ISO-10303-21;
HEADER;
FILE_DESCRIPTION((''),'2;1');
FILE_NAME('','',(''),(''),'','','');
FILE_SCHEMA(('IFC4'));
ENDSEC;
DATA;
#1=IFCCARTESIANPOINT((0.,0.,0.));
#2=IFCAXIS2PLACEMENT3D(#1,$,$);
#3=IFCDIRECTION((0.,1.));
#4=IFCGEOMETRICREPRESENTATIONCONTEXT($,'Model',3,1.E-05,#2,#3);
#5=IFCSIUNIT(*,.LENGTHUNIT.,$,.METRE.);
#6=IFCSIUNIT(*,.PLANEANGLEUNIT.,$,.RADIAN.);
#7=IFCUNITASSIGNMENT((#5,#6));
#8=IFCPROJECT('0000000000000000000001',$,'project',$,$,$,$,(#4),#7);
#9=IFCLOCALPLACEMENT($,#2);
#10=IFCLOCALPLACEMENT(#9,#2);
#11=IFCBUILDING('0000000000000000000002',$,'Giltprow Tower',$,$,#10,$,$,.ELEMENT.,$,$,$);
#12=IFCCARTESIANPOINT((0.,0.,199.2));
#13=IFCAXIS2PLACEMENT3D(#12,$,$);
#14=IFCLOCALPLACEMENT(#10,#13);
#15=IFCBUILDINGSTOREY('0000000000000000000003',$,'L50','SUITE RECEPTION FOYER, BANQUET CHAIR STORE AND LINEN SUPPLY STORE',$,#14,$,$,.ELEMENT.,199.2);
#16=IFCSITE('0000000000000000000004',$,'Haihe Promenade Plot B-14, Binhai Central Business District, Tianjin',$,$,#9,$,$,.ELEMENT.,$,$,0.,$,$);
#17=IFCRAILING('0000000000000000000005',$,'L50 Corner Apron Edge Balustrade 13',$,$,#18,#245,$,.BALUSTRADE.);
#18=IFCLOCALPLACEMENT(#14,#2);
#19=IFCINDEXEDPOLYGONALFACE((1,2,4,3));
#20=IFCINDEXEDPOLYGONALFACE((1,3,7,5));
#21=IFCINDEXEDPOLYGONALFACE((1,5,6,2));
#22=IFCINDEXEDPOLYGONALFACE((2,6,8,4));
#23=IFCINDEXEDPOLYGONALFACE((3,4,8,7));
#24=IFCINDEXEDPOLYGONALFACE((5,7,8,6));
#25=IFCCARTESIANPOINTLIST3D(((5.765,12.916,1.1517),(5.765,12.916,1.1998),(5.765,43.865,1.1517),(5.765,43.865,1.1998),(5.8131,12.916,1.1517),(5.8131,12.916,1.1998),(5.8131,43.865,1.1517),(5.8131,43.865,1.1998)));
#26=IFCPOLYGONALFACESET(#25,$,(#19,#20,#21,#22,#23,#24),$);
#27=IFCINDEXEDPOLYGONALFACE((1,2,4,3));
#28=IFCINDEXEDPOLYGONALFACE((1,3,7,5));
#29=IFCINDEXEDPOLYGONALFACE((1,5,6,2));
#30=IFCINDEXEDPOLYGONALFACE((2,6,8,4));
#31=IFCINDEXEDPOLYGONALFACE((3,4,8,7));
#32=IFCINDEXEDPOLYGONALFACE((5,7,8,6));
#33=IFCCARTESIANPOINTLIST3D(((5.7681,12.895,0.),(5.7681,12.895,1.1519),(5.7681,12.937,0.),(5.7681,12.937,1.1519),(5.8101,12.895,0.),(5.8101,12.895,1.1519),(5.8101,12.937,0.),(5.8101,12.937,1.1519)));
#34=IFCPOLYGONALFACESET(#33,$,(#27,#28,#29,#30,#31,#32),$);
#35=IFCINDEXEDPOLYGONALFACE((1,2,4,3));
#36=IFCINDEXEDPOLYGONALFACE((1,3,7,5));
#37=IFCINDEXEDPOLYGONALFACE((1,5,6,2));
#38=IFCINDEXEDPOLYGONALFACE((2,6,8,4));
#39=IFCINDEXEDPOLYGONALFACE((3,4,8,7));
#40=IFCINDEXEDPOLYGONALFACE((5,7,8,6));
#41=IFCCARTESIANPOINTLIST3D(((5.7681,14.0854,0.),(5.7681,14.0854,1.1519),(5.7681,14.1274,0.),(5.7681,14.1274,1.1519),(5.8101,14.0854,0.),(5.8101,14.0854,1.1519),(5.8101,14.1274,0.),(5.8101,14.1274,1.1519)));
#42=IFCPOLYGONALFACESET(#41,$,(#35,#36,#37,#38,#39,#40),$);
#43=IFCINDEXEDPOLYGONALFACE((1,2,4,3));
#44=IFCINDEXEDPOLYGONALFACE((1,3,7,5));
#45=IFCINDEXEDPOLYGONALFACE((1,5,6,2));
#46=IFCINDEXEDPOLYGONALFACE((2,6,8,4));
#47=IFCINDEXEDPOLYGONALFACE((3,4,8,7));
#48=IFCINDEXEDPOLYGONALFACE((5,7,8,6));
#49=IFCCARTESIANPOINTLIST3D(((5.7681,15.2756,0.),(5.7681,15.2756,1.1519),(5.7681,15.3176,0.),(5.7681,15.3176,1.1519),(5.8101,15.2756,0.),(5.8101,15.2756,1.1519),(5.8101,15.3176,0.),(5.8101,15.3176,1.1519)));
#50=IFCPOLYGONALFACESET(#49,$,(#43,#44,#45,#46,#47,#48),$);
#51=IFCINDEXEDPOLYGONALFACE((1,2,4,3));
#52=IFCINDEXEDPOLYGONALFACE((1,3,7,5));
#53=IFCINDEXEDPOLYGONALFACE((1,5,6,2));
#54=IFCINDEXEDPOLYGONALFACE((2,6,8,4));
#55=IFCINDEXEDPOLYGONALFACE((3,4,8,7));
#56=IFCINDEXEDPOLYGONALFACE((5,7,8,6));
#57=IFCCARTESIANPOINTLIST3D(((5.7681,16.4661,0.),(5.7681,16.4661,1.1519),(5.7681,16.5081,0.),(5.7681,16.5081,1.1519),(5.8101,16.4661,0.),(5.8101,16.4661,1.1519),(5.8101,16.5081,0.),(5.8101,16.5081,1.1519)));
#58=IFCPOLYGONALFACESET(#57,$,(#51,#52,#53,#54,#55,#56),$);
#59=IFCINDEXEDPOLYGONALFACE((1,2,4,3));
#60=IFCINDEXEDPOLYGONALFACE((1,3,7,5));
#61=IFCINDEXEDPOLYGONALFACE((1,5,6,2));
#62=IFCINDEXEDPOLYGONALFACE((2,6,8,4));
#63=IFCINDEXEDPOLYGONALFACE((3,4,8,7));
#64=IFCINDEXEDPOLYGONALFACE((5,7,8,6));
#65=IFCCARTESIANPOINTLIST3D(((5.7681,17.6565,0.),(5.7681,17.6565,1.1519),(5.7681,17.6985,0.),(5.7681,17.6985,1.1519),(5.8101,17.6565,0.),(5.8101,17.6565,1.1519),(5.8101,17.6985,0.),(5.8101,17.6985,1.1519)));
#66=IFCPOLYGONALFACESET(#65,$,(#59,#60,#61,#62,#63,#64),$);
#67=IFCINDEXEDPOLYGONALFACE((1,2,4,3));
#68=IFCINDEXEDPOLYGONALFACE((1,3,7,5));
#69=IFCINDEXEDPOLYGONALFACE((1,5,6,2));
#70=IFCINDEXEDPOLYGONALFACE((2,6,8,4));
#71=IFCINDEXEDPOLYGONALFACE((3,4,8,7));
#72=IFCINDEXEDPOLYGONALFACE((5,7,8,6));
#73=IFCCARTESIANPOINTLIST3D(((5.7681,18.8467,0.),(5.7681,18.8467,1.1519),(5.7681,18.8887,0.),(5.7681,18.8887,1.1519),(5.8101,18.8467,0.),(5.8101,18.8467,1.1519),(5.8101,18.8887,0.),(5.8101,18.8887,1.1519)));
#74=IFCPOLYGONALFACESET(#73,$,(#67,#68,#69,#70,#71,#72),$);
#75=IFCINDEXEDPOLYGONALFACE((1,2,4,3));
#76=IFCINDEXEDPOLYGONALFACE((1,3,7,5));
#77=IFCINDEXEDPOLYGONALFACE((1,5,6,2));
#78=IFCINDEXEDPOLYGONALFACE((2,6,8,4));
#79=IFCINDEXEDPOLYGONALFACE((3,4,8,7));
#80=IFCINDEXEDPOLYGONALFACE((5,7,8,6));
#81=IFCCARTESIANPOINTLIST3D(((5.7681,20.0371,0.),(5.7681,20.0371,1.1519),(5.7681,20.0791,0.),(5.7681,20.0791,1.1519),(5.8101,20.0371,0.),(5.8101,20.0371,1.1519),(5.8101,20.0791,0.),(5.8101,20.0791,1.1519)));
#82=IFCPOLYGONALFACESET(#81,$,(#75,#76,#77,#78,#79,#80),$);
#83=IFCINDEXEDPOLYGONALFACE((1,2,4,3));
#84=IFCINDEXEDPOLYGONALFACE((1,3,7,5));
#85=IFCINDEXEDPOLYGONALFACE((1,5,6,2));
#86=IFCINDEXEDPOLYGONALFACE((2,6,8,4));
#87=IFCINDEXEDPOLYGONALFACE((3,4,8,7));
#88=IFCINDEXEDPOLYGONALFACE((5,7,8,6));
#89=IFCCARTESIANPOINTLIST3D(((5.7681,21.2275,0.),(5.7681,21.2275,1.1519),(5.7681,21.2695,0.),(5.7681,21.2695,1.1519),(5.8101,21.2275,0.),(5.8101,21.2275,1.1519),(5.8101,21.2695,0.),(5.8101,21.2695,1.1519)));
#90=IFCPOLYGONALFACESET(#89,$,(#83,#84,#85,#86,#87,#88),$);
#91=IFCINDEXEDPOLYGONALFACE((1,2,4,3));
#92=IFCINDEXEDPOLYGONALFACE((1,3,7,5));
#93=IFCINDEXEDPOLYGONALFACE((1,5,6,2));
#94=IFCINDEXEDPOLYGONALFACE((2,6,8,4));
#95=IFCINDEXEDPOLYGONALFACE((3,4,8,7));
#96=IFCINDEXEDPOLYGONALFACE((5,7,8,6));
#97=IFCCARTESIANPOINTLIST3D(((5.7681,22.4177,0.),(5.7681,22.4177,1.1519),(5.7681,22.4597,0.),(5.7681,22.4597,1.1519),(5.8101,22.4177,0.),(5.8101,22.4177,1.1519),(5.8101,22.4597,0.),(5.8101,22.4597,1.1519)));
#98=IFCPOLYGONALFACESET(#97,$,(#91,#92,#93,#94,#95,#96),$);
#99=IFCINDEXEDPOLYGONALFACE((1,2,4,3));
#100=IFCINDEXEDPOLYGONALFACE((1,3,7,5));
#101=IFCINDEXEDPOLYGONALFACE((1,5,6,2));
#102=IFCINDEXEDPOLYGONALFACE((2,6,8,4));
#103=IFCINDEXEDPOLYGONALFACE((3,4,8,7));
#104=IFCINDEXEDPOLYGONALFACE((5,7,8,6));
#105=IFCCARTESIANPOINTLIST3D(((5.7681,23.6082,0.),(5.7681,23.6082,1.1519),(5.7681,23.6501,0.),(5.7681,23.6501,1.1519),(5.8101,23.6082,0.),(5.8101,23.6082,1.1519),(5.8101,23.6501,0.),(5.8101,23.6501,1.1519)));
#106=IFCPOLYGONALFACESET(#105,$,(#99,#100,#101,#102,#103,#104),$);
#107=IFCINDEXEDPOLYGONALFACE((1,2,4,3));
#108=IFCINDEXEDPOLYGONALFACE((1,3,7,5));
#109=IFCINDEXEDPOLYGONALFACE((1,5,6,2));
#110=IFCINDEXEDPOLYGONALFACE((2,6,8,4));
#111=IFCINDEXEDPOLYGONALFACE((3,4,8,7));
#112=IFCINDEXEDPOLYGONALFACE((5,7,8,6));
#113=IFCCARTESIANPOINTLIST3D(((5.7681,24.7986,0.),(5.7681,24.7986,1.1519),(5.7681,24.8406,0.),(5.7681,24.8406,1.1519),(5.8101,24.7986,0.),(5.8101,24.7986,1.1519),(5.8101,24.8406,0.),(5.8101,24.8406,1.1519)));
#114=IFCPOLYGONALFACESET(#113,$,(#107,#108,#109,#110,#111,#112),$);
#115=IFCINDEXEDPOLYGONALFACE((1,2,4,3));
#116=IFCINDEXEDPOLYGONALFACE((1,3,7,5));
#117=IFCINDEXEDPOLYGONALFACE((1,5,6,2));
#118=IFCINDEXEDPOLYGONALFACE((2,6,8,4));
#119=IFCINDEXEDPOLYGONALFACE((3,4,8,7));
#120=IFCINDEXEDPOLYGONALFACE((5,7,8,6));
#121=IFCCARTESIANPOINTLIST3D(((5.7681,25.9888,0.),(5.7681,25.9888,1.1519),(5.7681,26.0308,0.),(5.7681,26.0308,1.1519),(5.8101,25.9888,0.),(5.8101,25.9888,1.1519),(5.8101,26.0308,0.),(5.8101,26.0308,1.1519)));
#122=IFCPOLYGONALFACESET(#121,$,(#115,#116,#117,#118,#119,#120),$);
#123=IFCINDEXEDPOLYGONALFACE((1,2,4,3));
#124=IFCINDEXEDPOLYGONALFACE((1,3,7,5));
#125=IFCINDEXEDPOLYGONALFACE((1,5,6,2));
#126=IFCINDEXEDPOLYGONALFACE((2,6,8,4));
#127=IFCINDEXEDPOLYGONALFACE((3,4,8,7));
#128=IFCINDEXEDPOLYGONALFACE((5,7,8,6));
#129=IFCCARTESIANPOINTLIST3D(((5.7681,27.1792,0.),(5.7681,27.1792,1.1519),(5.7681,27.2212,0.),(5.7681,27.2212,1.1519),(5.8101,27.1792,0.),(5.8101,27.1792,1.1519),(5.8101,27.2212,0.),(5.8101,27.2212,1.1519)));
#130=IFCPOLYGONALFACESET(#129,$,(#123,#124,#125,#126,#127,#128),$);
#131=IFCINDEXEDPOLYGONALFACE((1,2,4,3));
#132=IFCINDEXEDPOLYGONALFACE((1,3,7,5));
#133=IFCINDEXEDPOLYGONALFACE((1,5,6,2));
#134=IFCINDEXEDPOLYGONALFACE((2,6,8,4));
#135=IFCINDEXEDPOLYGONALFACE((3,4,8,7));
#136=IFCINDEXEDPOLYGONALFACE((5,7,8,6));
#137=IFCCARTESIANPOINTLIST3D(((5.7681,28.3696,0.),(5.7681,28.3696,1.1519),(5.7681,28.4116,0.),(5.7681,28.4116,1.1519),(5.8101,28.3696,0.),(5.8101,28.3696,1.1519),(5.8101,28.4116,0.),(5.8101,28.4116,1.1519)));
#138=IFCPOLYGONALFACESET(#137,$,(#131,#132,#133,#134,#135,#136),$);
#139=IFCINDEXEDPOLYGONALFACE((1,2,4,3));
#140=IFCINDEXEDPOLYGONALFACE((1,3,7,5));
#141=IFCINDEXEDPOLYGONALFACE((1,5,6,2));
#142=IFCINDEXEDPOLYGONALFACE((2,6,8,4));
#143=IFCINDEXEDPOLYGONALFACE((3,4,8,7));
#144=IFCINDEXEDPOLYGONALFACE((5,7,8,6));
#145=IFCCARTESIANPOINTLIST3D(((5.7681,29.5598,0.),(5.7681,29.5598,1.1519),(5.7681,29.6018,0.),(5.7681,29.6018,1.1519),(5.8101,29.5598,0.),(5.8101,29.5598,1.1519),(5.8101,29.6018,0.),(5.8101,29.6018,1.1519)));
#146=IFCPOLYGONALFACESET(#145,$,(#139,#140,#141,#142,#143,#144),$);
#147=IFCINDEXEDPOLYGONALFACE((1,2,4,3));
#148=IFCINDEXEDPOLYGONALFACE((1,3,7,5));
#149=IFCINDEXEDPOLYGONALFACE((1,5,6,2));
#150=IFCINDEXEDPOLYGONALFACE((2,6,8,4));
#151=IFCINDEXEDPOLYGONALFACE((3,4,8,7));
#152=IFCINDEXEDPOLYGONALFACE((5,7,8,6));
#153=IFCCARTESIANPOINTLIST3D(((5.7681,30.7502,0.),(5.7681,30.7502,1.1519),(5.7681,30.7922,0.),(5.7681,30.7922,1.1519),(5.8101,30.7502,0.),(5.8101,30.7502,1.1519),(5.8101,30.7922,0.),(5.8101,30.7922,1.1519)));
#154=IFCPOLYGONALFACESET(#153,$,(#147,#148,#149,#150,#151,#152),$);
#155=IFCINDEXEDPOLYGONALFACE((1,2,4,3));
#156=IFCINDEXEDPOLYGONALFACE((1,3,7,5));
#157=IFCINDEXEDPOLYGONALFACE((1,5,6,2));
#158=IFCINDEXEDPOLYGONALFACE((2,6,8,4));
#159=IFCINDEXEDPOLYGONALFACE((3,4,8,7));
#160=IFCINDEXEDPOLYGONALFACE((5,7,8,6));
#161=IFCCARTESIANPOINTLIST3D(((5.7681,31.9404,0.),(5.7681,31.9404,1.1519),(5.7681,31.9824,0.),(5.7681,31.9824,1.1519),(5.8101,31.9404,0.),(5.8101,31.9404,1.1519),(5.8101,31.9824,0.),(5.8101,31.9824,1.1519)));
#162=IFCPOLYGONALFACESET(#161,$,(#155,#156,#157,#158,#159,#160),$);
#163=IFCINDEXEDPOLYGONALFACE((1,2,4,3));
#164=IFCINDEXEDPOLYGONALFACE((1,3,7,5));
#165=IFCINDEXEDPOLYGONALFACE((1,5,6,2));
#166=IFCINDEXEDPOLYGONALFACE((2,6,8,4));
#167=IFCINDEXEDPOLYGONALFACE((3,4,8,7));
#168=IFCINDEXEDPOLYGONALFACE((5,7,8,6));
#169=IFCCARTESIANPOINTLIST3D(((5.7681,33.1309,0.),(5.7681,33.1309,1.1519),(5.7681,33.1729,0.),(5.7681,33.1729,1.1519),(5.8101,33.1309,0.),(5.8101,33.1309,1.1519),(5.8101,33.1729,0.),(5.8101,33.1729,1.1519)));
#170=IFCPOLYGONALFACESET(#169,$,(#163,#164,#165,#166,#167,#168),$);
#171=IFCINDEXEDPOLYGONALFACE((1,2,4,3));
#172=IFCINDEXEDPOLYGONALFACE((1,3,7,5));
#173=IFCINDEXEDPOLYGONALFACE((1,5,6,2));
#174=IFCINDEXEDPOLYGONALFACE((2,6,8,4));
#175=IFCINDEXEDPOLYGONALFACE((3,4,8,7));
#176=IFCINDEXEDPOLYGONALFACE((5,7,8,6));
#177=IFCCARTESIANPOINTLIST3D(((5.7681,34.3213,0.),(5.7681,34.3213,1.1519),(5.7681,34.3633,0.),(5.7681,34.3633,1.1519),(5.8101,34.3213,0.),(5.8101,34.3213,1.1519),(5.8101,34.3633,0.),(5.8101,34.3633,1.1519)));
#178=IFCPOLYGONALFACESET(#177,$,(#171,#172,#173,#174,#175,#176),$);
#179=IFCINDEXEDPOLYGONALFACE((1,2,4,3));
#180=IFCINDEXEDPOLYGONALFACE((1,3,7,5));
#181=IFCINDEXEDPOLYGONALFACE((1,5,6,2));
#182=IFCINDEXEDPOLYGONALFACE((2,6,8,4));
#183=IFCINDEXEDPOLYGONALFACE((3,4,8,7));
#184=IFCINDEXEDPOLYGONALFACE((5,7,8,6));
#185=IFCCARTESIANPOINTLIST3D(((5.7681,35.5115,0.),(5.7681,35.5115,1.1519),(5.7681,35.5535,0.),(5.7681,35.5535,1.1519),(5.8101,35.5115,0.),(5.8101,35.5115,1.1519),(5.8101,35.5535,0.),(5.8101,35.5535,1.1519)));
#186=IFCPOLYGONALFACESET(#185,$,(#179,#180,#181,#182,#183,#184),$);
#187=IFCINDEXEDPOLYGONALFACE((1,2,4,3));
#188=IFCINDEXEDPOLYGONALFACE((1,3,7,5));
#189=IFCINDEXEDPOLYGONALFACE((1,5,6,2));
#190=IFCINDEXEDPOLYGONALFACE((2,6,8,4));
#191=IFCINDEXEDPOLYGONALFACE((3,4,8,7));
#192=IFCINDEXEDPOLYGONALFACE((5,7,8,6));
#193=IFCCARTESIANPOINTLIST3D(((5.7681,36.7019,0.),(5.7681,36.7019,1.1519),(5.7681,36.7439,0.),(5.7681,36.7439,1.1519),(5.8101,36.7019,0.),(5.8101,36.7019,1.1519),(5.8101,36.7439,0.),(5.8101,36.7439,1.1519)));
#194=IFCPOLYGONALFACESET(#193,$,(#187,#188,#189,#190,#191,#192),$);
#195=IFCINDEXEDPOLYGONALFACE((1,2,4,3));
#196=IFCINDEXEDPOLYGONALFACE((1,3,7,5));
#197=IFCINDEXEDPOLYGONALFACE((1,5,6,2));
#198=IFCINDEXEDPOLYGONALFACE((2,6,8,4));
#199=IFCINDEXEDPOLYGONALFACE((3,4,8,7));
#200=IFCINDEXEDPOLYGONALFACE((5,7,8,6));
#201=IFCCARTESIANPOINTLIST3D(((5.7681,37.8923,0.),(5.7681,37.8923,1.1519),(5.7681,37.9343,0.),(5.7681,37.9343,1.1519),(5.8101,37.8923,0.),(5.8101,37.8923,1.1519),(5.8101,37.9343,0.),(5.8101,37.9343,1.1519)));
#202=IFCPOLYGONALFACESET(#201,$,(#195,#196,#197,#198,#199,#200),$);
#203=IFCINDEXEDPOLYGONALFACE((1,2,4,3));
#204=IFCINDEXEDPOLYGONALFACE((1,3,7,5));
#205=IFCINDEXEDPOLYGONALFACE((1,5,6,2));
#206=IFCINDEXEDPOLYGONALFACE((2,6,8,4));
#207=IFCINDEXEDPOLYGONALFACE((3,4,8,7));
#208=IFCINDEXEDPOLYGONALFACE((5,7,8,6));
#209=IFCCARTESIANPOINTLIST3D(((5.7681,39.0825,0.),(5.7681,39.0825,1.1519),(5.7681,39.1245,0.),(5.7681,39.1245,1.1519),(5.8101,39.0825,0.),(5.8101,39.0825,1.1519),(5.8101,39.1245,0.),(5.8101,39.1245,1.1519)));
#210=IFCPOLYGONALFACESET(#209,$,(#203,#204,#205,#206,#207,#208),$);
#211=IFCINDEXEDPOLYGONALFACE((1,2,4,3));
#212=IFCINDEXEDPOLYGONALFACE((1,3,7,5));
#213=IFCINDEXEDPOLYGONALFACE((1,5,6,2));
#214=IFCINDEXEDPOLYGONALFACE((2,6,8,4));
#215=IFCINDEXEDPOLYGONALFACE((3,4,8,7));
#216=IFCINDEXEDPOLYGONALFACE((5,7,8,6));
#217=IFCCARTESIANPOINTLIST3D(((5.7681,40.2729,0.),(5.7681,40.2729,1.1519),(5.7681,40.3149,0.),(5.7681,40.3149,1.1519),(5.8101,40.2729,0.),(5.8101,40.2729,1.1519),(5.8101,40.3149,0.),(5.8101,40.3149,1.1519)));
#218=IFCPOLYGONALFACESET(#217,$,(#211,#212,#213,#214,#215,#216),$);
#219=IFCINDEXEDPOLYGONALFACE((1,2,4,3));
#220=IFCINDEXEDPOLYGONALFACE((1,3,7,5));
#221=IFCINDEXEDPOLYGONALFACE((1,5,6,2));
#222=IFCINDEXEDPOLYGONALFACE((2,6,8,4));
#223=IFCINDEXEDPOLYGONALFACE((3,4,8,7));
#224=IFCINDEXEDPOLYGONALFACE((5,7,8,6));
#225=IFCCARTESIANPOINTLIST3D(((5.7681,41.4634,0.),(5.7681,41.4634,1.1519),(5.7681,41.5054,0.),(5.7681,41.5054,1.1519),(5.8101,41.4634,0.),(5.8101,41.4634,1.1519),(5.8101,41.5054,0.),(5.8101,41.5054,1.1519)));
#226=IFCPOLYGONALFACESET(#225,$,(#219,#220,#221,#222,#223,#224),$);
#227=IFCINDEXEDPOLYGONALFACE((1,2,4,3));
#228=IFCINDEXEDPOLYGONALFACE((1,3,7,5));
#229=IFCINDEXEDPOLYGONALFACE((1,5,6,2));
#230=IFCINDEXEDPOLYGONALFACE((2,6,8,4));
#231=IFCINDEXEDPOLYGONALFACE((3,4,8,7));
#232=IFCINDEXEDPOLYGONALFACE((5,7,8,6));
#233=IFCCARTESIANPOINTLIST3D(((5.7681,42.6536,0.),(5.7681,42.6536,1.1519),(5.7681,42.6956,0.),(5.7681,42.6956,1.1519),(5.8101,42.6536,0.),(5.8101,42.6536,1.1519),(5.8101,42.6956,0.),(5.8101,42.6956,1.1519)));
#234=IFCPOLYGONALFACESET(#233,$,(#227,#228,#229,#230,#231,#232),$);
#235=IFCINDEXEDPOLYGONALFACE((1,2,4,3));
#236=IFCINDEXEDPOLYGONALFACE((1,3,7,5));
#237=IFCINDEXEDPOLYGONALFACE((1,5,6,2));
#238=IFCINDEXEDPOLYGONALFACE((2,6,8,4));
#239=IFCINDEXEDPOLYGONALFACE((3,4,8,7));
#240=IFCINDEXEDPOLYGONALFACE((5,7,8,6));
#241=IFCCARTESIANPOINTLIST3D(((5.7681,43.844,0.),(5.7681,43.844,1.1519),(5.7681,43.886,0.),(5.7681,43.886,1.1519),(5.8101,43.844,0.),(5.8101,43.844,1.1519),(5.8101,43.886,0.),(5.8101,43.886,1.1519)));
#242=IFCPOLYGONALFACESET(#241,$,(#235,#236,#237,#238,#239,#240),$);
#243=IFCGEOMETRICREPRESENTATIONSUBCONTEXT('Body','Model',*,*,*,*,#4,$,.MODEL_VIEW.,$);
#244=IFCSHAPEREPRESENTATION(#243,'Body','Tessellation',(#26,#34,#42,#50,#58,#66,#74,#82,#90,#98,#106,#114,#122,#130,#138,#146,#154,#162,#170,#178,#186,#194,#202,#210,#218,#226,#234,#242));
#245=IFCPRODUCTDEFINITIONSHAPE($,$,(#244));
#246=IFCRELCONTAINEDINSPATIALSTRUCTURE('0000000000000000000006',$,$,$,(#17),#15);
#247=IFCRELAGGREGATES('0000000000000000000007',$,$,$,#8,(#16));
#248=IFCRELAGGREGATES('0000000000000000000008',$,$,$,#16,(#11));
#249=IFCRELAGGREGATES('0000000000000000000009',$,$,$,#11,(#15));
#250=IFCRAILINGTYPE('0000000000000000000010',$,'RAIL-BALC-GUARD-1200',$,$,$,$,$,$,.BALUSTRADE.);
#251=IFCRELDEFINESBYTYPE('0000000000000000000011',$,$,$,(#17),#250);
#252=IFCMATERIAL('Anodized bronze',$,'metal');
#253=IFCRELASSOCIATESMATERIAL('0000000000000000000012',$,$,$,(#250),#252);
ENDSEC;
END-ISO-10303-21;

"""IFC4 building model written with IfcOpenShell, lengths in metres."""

from ifc_helpers import new_model, si_unit, direction, frame, origin, origin_2d, place, context, subcontext, project, spatial, rectangle, extrude, material, type_object, element, save


model = new_model("IFC4")

# Units and contexts
model_context = context("Model", 3, precision=1e-05, world=origin(), true_north=direction((0.0, 1.0)))
body_context = subcontext(model_context, "Body", "Model", "MODEL_VIEW")
ifc_project = project(units=[si_unit("LENGTHUNIT", "METRE"), si_unit("PLANEANGLEUNIT", "RADIAN")], contexts=[model_context])

# Site, building, storey
site_placement = place(None, origin())
site = spatial("IfcSite", under=ifc_project, at=site_placement, Name="Haihe Promenade Plot B-14, Binhai Central Business District, Tianjin", CompositionType="ELEMENT", RefElevation=0.0)
building_placement = place(site_placement, origin())
building = spatial("IfcBuilding", under=site, at=building_placement, Name="Giltprow Tower", CompositionType="ELEMENT")
storey_placement = place(building_placement, frame((0.0, 0.0, 199.2)))
storey = spatial("IfcBuildingStorey", under=building, at=storey_placement, Name="L50", Description="SUITE RECEPTION FOYER, BANQUET CHAIR STORE AND LINEN SUPPLY STORE", CompositionType="ELEMENT", Elevation=199.2)

# Shared definitions
ifc_material_1 = material(Name="Anodized bronze", Category="metal")

# Railing
railing_type = type_object("IfcRailingType", Name="RAIL-BALC-GUARD-1200", PredefinedType="BALUSTRADE", material=ifc_material_1)
railing_1_placement = place(storey_placement, frame((5.7891, 12.916, 0.0)))
element("IfcRailing", 1, at=railing_1_placement, inside=storey, type_object=railing_type, Name="L50 Corner Apron Edge Balustrade 13", PredefinedType="BALUSTRADE", context=body_context, shape_type="SweptSolid", body=[
    extrude(rectangle(XDim=0.0481, YDim=0.0481, at=origin_2d()), frame((0.0, 0.0, 1.1758), z_axis=(0.0, 1.0, 0.0), x_axis=(-1.0, 0.0, 0.0)), (0.0, 0.0, 1.0), 30.949),
    extrude(rectangle(XDim=0.042, YDim=0.042, at=origin_2d()), origin(), (0.0, 0.0, 1.0), 1.1519),
    extrude(rectangle(XDim=0.042, YDim=0.042, at=origin_2d()), frame((0.0, 1.1904, 0.0)), (0.0, 0.0, 1.0), 1.1519),
    extrude(rectangle(XDim=0.042, YDim=0.042, at=origin_2d()), frame((0.0, 2.3806, 0.0)), (0.0, 0.0, 1.0), 1.1519),
    extrude(rectangle(XDim=0.042, YDim=0.042, at=origin_2d()), frame((0.0, 3.571, 0.0)), (0.0, 0.0, 1.0), 1.1519),
    extrude(rectangle(XDim=0.042, YDim=0.042, at=origin_2d()), frame((0.0, 4.7615, 0.0)), (0.0, 0.0, 1.0), 1.1519),
    extrude(rectangle(XDim=0.042, YDim=0.042, at=origin_2d()), frame((0.0, 5.9517, 0.0)), (0.0, 0.0, 1.0), 1.1519),
    extrude(rectangle(XDim=0.042, YDim=0.042, at=origin_2d()), frame((0.0, 7.1421, 0.0)), (0.0, 0.0, 1.0), 1.1519),
    extrude(rectangle(XDim=0.042, YDim=0.042, at=origin_2d()), frame((0.0, 8.3325, 0.0)), (0.0, 0.0, 1.0), 1.1519),
    extrude(rectangle(XDim=0.042, YDim=0.042, at=origin_2d()), frame((0.0, 9.5227, 0.0)), (0.0, 0.0, 1.0), 1.1519),
    extrude(rectangle(XDim=0.042, YDim=0.042, at=origin_2d()), frame((0.0, 10.7131, 0.0)), (0.0, 0.0, 1.0), 1.1519),
    extrude(rectangle(XDim=0.042, YDim=0.042, at=origin_2d()), frame((0.0, 11.9036, 0.0)), (0.0, 0.0, 1.0), 1.1519),
    extrude(rectangle(XDim=0.042, YDim=0.042, at=origin_2d()), frame((0.0, 13.0938, 0.0)), (0.0, 0.0, 1.0), 1.1519),
    extrude(rectangle(XDim=0.042, YDim=0.042, at=origin_2d()), frame((0.0, 14.2842, 0.0)), (0.0, 0.0, 1.0), 1.1519),
    extrude(rectangle(XDim=0.042, YDim=0.042, at=origin_2d()), frame((0.0, 15.4746, 0.0)), (0.0, 0.0, 1.0), 1.1519),
    extrude(rectangle(XDim=0.042, YDim=0.042, at=origin_2d()), frame((0.0, 16.6648, 0.0)), (0.0, 0.0, 1.0), 1.1519),
    extrude(rectangle(XDim=0.042, YDim=0.042, at=origin_2d()), frame((0.0, 17.8552, 0.0)), (0.0, 0.0, 1.0), 1.1519),
    extrude(rectangle(XDim=0.042, YDim=0.042, at=origin_2d()), frame((0.0, 19.0454, 0.0)), (0.0, 0.0, 1.0), 1.1519),
    extrude(rectangle(XDim=0.042, YDim=0.042, at=origin_2d()), frame((0.0, 20.2358, 0.0)), (0.0, 0.0, 1.0), 1.1519),
    extrude(rectangle(XDim=0.042, YDim=0.042, at=origin_2d()), frame((0.0, 21.4263, 0.0)), (0.0, 0.0, 1.0), 1.1519),
    extrude(rectangle(XDim=0.042, YDim=0.042, at=origin_2d()), frame((0.0, 22.6165, 0.0)), (0.0, 0.0, 1.0), 1.1519),
    extrude(rectangle(XDim=0.042, YDim=0.042, at=origin_2d()), frame((0.0, 23.8069, 0.0)), (0.0, 0.0, 1.0), 1.1519),
    extrude(rectangle(XDim=0.042, YDim=0.042, at=origin_2d()), frame((0.0, 24.9973, 0.0)), (0.0, 0.0, 1.0), 1.1519),
    extrude(rectangle(XDim=0.042, YDim=0.042, at=origin_2d()), frame((0.0, 26.1875, 0.0)), (0.0, 0.0, 1.0), 1.1519),
    extrude(rectangle(XDim=0.042, YDim=0.042, at=origin_2d()), frame((0.0, 27.3779, 0.0)), (0.0, 0.0, 1.0), 1.1519),
    extrude(rectangle(XDim=0.042, YDim=0.042, at=origin_2d()), frame((0.0, 28.5684, 0.0)), (0.0, 0.0, 1.0), 1.1519),
    extrude(rectangle(XDim=0.042, YDim=0.042, at=origin_2d()), frame((0.0, 29.7585, 0.0)), (0.0, 0.0, 1.0), 1.1519),
    extrude(rectangle(XDim=0.042, YDim=0.042, at=origin_2d()), frame((0.0, 30.949, 0.0)), (0.0, 0.0, 1.0), 1.1519),
])

save(model, "model.ifc")
